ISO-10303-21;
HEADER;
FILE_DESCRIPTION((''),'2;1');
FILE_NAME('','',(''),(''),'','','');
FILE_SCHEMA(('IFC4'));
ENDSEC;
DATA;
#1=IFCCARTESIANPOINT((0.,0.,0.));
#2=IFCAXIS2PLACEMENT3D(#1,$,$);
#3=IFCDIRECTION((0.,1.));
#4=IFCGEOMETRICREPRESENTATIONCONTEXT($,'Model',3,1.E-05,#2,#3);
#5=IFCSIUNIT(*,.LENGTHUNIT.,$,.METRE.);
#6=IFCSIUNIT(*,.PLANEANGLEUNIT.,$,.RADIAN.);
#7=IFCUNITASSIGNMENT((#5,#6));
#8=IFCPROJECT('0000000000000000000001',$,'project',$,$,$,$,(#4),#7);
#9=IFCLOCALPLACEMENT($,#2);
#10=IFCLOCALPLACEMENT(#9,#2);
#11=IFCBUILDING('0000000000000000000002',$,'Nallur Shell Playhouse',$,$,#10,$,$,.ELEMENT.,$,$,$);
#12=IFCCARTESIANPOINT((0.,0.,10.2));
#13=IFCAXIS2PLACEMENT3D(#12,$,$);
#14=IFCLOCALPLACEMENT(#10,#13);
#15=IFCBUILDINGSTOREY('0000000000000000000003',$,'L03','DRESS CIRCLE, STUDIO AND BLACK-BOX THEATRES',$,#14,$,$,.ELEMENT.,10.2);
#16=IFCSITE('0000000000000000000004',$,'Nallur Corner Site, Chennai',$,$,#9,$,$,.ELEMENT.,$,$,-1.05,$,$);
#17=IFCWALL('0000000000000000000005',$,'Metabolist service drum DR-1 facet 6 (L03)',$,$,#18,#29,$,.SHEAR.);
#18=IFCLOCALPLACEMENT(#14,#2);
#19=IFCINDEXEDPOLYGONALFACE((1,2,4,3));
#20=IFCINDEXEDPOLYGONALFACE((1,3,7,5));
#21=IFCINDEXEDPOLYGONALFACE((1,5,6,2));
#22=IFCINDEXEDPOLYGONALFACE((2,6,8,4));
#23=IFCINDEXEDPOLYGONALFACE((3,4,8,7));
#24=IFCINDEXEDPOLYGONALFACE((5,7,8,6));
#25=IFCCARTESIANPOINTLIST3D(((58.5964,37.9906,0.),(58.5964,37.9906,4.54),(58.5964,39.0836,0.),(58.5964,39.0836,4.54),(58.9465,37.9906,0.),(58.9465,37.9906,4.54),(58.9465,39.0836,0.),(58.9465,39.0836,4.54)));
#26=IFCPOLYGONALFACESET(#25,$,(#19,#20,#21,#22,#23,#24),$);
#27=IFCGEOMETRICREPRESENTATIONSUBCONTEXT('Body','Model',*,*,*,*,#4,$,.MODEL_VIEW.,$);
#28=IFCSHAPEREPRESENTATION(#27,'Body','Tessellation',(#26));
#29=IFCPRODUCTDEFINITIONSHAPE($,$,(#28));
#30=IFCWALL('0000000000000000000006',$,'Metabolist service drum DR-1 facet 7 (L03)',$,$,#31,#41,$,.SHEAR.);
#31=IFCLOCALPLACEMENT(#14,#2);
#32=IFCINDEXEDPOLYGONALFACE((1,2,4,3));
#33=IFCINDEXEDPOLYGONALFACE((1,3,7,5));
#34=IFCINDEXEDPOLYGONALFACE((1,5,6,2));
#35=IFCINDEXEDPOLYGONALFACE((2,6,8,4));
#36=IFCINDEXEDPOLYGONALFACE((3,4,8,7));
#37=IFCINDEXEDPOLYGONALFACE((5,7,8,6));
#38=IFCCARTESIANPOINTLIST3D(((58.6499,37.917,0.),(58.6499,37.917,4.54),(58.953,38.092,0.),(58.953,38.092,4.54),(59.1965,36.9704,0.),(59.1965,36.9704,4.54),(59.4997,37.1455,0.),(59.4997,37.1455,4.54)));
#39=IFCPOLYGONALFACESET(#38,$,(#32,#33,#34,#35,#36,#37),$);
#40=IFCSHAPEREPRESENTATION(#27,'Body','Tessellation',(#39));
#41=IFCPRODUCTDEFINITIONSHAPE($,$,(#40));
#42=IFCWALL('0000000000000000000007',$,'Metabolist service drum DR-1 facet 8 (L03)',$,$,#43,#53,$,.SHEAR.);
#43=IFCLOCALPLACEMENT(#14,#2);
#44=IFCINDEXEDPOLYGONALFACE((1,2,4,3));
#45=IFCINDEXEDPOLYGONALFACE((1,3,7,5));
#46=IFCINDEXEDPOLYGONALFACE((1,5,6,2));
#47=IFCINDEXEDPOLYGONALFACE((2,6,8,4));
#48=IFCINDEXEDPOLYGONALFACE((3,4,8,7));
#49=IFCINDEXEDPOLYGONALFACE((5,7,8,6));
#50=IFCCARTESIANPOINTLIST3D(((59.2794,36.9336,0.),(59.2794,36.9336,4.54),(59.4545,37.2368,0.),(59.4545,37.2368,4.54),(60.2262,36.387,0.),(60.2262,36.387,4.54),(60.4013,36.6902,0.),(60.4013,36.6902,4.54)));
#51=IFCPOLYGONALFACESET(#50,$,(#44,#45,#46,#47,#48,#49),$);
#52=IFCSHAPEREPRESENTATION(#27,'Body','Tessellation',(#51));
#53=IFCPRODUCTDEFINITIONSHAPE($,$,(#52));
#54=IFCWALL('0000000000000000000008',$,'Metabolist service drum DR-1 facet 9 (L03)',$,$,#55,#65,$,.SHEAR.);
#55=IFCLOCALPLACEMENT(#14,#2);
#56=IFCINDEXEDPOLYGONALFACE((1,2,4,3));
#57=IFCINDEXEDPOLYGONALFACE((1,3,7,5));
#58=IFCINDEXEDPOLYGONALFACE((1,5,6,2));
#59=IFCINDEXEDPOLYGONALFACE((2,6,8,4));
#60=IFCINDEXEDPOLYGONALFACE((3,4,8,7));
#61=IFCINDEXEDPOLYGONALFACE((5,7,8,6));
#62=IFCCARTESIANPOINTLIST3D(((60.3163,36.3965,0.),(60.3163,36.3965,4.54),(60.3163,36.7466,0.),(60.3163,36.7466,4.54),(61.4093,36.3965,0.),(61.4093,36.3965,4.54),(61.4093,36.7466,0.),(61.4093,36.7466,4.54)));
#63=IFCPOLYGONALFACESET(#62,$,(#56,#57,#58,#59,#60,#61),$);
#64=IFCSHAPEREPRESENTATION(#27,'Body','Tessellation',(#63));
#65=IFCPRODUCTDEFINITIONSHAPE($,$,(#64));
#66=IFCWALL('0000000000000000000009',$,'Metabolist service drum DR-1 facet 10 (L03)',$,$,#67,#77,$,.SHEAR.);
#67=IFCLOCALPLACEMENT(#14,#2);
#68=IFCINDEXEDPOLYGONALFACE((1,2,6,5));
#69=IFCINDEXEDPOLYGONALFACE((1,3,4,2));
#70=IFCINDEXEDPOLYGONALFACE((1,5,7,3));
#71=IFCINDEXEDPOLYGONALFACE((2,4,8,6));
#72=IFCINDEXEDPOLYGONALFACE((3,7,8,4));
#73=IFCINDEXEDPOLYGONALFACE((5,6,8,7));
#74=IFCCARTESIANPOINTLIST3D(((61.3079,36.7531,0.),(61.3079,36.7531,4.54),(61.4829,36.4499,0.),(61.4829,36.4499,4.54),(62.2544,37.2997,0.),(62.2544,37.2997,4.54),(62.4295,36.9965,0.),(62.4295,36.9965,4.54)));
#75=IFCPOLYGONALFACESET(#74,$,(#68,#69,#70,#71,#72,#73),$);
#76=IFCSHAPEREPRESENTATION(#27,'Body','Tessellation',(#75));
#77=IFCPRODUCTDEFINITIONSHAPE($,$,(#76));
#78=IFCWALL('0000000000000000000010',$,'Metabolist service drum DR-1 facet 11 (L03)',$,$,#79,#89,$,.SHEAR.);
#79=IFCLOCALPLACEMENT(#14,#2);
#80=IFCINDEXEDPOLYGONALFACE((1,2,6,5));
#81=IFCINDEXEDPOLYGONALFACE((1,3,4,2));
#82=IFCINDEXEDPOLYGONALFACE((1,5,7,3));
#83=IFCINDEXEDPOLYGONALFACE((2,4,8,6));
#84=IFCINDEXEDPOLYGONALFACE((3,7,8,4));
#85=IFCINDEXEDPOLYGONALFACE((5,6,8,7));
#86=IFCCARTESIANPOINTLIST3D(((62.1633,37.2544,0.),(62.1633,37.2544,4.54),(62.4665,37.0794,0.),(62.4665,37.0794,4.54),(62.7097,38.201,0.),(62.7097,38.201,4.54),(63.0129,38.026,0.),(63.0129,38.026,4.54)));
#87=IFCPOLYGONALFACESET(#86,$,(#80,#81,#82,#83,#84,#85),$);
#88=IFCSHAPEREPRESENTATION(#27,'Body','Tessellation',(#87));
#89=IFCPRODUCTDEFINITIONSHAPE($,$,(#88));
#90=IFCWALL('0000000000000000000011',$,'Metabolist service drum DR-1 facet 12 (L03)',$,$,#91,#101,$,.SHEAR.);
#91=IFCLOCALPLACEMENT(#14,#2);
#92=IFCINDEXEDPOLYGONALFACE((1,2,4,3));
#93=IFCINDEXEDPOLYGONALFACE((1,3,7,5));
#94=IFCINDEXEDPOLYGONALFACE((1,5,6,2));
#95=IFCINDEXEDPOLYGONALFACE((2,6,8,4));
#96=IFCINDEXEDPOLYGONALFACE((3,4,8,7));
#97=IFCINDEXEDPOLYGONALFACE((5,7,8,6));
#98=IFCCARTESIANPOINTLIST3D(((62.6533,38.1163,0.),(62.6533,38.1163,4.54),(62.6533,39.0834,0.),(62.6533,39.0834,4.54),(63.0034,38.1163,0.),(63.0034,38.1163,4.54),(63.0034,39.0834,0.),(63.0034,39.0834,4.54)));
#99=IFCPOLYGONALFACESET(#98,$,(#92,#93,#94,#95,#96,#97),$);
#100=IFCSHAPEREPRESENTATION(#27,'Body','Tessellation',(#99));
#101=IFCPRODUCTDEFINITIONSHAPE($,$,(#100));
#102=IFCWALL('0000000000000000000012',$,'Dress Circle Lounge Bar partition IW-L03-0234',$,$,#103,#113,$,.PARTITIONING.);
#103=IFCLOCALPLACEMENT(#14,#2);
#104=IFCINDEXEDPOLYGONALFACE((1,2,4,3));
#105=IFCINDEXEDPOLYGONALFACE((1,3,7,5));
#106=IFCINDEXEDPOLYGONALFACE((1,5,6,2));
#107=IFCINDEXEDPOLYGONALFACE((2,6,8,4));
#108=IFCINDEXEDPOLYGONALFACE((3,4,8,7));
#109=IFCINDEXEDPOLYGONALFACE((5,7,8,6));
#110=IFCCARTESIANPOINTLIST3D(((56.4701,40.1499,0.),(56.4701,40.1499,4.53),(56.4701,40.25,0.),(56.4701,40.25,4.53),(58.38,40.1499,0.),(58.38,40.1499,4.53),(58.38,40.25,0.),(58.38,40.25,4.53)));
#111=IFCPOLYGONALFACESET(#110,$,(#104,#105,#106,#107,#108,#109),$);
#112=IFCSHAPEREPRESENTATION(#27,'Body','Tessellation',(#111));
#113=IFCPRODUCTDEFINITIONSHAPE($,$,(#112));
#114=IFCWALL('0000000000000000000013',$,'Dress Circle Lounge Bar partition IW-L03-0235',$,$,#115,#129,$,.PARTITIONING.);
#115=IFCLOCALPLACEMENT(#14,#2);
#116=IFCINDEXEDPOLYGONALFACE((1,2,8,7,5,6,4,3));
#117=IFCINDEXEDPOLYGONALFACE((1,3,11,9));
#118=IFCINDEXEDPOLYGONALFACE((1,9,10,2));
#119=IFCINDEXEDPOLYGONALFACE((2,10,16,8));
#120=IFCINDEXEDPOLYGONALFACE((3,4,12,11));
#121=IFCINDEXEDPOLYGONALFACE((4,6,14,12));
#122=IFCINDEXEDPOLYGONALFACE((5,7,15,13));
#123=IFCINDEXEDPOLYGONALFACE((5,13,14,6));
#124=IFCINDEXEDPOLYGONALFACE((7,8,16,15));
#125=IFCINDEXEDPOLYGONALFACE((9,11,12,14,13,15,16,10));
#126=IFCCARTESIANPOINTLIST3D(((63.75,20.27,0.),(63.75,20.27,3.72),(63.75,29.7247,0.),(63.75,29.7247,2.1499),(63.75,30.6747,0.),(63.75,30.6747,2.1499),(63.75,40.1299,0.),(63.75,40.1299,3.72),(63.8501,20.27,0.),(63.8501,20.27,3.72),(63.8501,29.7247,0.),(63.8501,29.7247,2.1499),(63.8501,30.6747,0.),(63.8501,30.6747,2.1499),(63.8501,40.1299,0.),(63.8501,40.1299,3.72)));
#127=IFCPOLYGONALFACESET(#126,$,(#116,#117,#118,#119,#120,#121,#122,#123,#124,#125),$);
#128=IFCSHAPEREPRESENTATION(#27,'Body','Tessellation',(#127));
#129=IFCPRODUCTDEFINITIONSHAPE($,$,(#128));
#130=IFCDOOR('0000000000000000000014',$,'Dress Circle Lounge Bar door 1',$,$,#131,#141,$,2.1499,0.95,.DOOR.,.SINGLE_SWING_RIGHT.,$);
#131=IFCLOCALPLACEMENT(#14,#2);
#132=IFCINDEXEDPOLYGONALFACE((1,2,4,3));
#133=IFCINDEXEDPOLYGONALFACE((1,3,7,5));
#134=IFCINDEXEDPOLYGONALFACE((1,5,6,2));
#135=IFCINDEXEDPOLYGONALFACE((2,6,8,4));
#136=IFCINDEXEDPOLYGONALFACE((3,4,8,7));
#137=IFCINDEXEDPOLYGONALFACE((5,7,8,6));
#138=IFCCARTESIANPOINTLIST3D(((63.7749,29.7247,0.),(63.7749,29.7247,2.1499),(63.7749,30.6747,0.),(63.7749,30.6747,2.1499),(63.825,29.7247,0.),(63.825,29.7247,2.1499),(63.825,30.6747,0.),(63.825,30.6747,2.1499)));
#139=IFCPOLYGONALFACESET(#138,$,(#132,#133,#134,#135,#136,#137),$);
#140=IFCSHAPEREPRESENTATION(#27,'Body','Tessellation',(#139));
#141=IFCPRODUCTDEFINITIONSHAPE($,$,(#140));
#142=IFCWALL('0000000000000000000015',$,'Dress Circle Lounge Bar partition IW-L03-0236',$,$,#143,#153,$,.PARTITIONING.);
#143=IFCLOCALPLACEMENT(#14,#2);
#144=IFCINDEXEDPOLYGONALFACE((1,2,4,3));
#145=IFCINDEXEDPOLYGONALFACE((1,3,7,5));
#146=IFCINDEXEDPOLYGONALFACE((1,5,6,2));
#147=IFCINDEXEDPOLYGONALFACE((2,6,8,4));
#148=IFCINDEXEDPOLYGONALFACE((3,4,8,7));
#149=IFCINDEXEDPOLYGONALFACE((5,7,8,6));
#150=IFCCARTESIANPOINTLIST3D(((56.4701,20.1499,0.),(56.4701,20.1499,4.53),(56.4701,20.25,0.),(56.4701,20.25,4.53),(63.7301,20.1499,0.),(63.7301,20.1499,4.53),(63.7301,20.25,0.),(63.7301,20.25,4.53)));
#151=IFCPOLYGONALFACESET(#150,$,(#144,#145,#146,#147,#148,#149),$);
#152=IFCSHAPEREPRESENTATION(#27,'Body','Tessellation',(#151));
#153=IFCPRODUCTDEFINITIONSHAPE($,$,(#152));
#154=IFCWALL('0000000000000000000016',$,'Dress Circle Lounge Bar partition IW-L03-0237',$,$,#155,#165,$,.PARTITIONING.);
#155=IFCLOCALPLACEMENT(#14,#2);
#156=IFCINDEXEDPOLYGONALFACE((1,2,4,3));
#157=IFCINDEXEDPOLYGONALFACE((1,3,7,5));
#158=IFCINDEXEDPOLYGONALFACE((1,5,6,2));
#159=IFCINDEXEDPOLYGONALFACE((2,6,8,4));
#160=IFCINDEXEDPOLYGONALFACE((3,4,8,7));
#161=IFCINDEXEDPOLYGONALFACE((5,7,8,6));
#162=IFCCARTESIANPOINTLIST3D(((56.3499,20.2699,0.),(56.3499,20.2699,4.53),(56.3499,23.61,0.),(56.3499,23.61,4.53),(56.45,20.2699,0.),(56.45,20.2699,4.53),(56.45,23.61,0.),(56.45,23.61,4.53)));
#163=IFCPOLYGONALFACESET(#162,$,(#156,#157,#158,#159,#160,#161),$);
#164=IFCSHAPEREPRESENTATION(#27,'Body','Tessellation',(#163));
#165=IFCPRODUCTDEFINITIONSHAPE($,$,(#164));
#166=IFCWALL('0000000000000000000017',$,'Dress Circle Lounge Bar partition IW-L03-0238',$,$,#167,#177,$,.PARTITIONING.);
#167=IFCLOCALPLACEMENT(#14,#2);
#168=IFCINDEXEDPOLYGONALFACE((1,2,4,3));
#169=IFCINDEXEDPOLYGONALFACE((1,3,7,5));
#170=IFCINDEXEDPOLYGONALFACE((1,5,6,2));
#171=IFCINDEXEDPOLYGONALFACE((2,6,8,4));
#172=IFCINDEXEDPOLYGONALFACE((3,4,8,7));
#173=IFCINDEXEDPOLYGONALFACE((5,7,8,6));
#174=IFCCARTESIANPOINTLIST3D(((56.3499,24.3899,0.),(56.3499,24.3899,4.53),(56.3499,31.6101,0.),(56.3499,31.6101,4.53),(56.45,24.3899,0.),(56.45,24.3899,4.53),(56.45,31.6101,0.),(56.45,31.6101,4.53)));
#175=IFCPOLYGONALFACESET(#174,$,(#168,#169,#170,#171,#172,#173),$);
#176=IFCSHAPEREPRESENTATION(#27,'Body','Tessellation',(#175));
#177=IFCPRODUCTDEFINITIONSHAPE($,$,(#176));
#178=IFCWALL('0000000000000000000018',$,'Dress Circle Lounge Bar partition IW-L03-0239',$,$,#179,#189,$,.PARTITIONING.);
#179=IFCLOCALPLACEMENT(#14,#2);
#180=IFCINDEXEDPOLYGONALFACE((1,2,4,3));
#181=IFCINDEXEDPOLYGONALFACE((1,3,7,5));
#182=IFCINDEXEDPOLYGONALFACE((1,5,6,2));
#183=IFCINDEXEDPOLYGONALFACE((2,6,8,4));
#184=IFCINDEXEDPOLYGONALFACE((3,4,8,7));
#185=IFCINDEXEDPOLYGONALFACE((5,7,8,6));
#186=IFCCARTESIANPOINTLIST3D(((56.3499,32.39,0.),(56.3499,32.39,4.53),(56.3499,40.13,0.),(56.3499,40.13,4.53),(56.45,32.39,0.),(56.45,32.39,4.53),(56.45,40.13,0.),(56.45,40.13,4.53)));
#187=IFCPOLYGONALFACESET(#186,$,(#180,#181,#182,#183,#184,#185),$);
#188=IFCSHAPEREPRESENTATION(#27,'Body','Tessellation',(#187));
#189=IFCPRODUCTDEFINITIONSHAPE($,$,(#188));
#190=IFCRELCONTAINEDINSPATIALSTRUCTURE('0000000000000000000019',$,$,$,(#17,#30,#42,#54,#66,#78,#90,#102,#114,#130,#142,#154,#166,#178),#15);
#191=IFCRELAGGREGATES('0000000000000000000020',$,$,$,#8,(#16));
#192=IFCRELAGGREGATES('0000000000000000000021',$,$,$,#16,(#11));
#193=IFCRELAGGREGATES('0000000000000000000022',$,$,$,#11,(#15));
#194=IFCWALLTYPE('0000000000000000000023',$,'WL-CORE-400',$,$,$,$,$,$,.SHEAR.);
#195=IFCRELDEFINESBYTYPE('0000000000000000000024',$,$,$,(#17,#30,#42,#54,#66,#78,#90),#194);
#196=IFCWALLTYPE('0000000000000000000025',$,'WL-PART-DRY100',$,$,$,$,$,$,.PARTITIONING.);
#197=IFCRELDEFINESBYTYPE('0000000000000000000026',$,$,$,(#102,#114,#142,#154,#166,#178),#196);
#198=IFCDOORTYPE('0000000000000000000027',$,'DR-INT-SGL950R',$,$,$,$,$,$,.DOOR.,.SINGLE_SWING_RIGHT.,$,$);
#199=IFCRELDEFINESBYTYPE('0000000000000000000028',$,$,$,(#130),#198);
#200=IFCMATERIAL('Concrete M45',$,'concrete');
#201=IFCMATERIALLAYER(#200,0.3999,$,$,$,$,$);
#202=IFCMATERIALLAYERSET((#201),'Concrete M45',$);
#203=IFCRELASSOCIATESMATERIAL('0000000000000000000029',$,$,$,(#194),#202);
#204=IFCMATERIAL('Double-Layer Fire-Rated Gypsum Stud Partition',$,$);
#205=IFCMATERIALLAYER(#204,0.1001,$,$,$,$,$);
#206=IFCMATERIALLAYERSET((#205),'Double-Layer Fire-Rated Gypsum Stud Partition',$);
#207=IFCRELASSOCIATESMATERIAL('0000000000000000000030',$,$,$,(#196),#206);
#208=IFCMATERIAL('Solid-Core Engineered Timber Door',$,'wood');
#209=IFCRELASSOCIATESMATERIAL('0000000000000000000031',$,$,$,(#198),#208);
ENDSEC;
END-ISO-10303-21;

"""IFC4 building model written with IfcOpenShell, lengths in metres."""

from ifc_helpers import new_model, si_unit, direction, frame, frame_2d, origin, place, context, subcontext, project, spatial, rectangle, extrude, material, layer, layer_set, type_object, element, fill, save


model = new_model("IFC4")

# Units and contexts
model_context = context("Model", 3, precision=1e-05, world=origin(), true_north=direction((0.0, 1.0)))
body_context = subcontext(model_context, "Body", "Model", "MODEL_VIEW")
ifc_project = project(units=[si_unit("LENGTHUNIT", "METRE"), si_unit("PLANEANGLEUNIT", "RADIAN")], contexts=[model_context])

# Site, building, storey
site_placement = place(None, origin())
site = spatial("IfcSite", under=ifc_project, at=site_placement, Name="Nallur Corner Site, Chennai", CompositionType="ELEMENT", RefElevation=-1.05)
building_placement = place(site_placement, origin())
building = spatial("IfcBuilding", under=site, at=building_placement, Name="Nallur Shell Playhouse", CompositionType="ELEMENT")
storey_placement = place(building_placement, frame((0.0, 0.0, 10.2)))
storey = spatial("IfcBuildingStorey", under=building, at=storey_placement, Name="L03", Description="DRESS CIRCLE, STUDIO AND BLACK-BOX THEATRES", CompositionType="ELEMENT", Elevation=10.2)

# Walls
ifc_material_1 = material(Name="Concrete M45", Category="concrete")
ifc_layer_1 = layer(ifc_material_1, 0.3999)
ifc_layer_set_1 = layer_set([ifc_layer_1], Name="Concrete M45")
wall_type_1 = type_object("IfcWallType", Name="WL-CORE-400", PredefinedType="SHEAR", material=ifc_layer_set_1)
for number, where, z_axis, x_axis, name in (
    (1, (58.7715, 39.0835, 0.0), (0.0, 0.0, 1.0), (0.0, -1.0, 0.0), "Metabolist service drum DR-1 facet 6 (L03)"),
    (2, (58.8015, 38.0044, 0.0), (0.0, 0.0, 1.0), (0.500103, -0.865966, 0.0), "Metabolist service drum DR-1 facet 7 (L03)"),
):
    element("IfcWall", number, at=place(storey_placement, frame(where, z_axis=z_axis, x_axis=x_axis)), inside=storey, type_object=wall_type_1, Name=name, PredefinedType="SHEAR", context=body_context, shape_type="SweptSolid", body=[
        extrude(rectangle(XDim=1.093, YDim=0.3501, at=frame_2d((0.5464, 0.0))), origin(), (0.0, 0.0, 1.0), 4.54),
    ])
wall_1_placement = place(storey_placement, frame((59.3669, 37.0852, 0.0), z_axis=(0.0, 0.0, 1.0), x_axis=(0.866022, -0.500006, 0.0)))
element("IfcWall", 3, at=wall_1_placement, inside=storey, type_object=wall_type_1, Name="Metabolist service drum DR-1 facet 8 (L03)", PredefinedType="SHEAR", context=body_context, shape_type="SweptSolid", body=[
    extrude(rectangle(XDim=1.0933, YDim=0.3501, at=frame_2d((0.5466, 0.0))), origin(), (0.0, 0.0, 1.0), 4.54),
])
for number, where, z_axis, x_axis, name in (
    (4, (60.3164, 36.5715, 0.0), (0.0, 0.0, 1.0), (1.0, 0.0, 0.0), "Metabolist service drum DR-1 facet 9 (L03)"),
    (5, (61.3955, 36.6016, 0.0), (0.0, 0.0, 1.0), (0.865966, 0.500103, 0.0), "Metabolist service drum DR-1 facet 10 (L03)"),
    (6, (62.3149, 37.167, 0.0), (0.0, 0.0, 1.0), (0.499935, 0.866063, 0.0), "Metabolist service drum DR-1 facet 11 (L03)"),
):
    element("IfcWall", number, at=place(storey_placement, frame(where, z_axis=z_axis, x_axis=x_axis)), inside=storey, type_object=wall_type_1, Name=name, PredefinedType="SHEAR", context=body_context, shape_type="SweptSolid", body=[
        extrude(rectangle(XDim=1.093, YDim=0.3501, at=frame_2d((0.5464, 0.0))), origin(), (0.0, 0.0, 1.0), 4.54),
    ])
wall_2_placement = place(storey_placement, frame((62.8284, 38.1165, 0.0), z_axis=(0.0, 0.0, 1.0), x_axis=(0.0, 1.0, 0.0)))
element("IfcWall", 7, at=wall_2_placement, inside=storey, type_object=wall_type_1, Name="Metabolist service drum DR-1 facet 12 (L03)", PredefinedType="SHEAR", context=body_context, shape_type="SweptSolid", body=[
    extrude(rectangle(XDim=0.967, YDim=0.3501, at=frame_2d((0.4834, 0.0))), origin(), (0.0, 0.0, 1.0), 4.54),
])
ifc_material_2 = material(Name="Double-Layer Fire-Rated Gypsum Stud Partition")
ifc_layer_2 = layer(ifc_material_2, 0.1001)
ifc_layer_set_2 = layer_set([ifc_layer_2], Name="Double-Layer Fire-Rated Gypsum Stud Partition")
wall_type_2 = type_object("IfcWallType", Name="WL-PART-DRY100", PredefinedType="PARTITIONING", material=ifc_layer_set_2)
wall_3_placement = place(storey_placement, frame((56.47, 40.2, 0.0), z_axis=(0.0, 0.0, 1.0), x_axis=(1.0, 0.0, 0.0)))
element("IfcWall", 8, at=wall_3_placement, inside=storey, type_object=wall_type_2, Name="Dress Circle Lounge Bar partition IW-L03-0234", PredefinedType="PARTITIONING", context=body_context, shape_type="SweptSolid", body=[
    extrude(rectangle(XDim=1.9099, YDim=0.1001, at=frame_2d((0.9551, 0.0))), origin(), (0.0, 0.0, 1.0), 4.53),
])

# Wall, opening, door
wall_4_placement = place(storey_placement, frame((63.8, 40.1299, 0.0), z_axis=(0.0, 0.0, 1.0), x_axis=(0.0, -1.0, 0.0)))
wall_4 = element("IfcWall", 9, at=wall_4_placement, inside=storey, type_object=wall_type_2, Name="Dress Circle Lounge Bar partition IW-L03-0235", PredefinedType="PARTITIONING", context=body_context, shape_type="SweptSolid", body=[
    extrude(rectangle(XDim=19.8599, YDim=0.1001, at=frame_2d((9.9299, 0.0))), origin(), (0.0, 0.0, 1.0), 3.72),
])
opening_placement = place(wall_4_placement, frame((9.4551, 0.0, 0.0)))
opening = element("IfcOpeningElement", 10, at=opening_placement, cuts=wall_4, PredefinedType="OPENING", context=body_context, shape_type="SweptSolid", body=[
    extrude(rectangle(XDim=0.95, YDim=2.1499, at=frame_2d((0.4751, 1.075))), frame((0.0, 0.0601, 0.0), z_axis=(0.0, -1.0, 0.0), x_axis=(1.0, 0.0, 0.0)), (0.0, 0.0, 1.0), 0.1201),
])
ifc_material_3 = material(Name="Solid-Core Engineered Timber Door", Category="wood")
door_type = type_object("IfcDoorType", Name="DR-INT-SGL950R", OperationType="SINGLE_SWING_RIGHT", PredefinedType="DOOR", material=ifc_material_3)
door_placement = place(opening_placement, origin())
door = element("IfcDoor", 11, at=door_placement, inside=storey, type_object=door_type, Name="Dress Circle Lounge Bar door 1", OperationType="SINGLE_SWING_RIGHT", OverallHeight=2.1499, OverallWidth=0.95, PredefinedType="DOOR", context=body_context, shape_type="SweptSolid", body=[
    extrude(rectangle(XDim=0.95, YDim=2.1499, at=frame_2d((0.4751, 1.075))), frame((0.0, 0.0249, 0.0), z_axis=(0.0, -1.0, 0.0), x_axis=(1.0, 0.0, 0.0)), (0.0, 0.0, 1.0), 0.05),
])
fill(opening, door)

# Walls
wall_5_placement = place(storey_placement, frame((63.73, 20.2, 0.0), z_axis=(0.0, 0.0, 1.0), x_axis=(-1.0, 0.0, 0.0)))
element("IfcWall", 12, at=wall_5_placement, inside=storey, type_object=wall_type_2, Name="Dress Circle Lounge Bar partition IW-L03-0236", PredefinedType="PARTITIONING", context=body_context, shape_type="SweptSolid", body=[
    extrude(rectangle(XDim=7.26, YDim=0.1001, at=frame_2d((3.6299, 0.0))), origin(), (0.0, 0.0, 1.0), 4.53),
])
wall_6_placement = place(storey_placement, frame((56.3999, 20.27, 0.0), z_axis=(0.0, 0.0, 1.0), x_axis=(0.0, 1.0, 0.0)))
element("IfcWall", 13, at=wall_6_placement, inside=storey, type_object=wall_type_2, Name="Dress Circle Lounge Bar partition IW-L03-0237", PredefinedType="PARTITIONING", context=body_context, shape_type="SweptSolid", body=[
    extrude(rectangle(XDim=3.3401, YDim=0.1001, at=frame_2d((1.6699, 0.0))), origin(), (0.0, 0.0, 1.0), 4.53),
])
wall_7_placement = place(storey_placement, frame((56.3999, 24.3899, 0.0), z_axis=(0.0, 0.0, 1.0), x_axis=(0.0, 1.0, 0.0)))
element("IfcWall", 14, at=wall_7_placement, inside=storey, type_object=wall_type_2, Name="Dress Circle Lounge Bar partition IW-L03-0238", PredefinedType="PARTITIONING", context=body_context, shape_type="SweptSolid", body=[
    extrude(rectangle(XDim=7.2202, YDim=0.1001, at=frame_2d((3.6101, 0.0))), origin(), (0.0, 0.0, 1.0), 4.53),
])
wall_8_placement = place(storey_placement, frame((56.3999, 32.3899, 0.0), z_axis=(0.0, 0.0, 1.0), x_axis=(0.0, 1.0, 0.0)))
element("IfcWall", 15, at=wall_8_placement, inside=storey, type_object=wall_type_2, Name="Dress Circle Lounge Bar partition IW-L03-0239", PredefinedType="PARTITIONING", context=body_context, shape_type="SweptSolid", body=[
    extrude(rectangle(XDim=7.74, YDim=0.1001, at=frame_2d((3.8701, 0.0))), origin(), (0.0, 0.0, 1.0), 4.53),
])

save(model, "model.ifc")
